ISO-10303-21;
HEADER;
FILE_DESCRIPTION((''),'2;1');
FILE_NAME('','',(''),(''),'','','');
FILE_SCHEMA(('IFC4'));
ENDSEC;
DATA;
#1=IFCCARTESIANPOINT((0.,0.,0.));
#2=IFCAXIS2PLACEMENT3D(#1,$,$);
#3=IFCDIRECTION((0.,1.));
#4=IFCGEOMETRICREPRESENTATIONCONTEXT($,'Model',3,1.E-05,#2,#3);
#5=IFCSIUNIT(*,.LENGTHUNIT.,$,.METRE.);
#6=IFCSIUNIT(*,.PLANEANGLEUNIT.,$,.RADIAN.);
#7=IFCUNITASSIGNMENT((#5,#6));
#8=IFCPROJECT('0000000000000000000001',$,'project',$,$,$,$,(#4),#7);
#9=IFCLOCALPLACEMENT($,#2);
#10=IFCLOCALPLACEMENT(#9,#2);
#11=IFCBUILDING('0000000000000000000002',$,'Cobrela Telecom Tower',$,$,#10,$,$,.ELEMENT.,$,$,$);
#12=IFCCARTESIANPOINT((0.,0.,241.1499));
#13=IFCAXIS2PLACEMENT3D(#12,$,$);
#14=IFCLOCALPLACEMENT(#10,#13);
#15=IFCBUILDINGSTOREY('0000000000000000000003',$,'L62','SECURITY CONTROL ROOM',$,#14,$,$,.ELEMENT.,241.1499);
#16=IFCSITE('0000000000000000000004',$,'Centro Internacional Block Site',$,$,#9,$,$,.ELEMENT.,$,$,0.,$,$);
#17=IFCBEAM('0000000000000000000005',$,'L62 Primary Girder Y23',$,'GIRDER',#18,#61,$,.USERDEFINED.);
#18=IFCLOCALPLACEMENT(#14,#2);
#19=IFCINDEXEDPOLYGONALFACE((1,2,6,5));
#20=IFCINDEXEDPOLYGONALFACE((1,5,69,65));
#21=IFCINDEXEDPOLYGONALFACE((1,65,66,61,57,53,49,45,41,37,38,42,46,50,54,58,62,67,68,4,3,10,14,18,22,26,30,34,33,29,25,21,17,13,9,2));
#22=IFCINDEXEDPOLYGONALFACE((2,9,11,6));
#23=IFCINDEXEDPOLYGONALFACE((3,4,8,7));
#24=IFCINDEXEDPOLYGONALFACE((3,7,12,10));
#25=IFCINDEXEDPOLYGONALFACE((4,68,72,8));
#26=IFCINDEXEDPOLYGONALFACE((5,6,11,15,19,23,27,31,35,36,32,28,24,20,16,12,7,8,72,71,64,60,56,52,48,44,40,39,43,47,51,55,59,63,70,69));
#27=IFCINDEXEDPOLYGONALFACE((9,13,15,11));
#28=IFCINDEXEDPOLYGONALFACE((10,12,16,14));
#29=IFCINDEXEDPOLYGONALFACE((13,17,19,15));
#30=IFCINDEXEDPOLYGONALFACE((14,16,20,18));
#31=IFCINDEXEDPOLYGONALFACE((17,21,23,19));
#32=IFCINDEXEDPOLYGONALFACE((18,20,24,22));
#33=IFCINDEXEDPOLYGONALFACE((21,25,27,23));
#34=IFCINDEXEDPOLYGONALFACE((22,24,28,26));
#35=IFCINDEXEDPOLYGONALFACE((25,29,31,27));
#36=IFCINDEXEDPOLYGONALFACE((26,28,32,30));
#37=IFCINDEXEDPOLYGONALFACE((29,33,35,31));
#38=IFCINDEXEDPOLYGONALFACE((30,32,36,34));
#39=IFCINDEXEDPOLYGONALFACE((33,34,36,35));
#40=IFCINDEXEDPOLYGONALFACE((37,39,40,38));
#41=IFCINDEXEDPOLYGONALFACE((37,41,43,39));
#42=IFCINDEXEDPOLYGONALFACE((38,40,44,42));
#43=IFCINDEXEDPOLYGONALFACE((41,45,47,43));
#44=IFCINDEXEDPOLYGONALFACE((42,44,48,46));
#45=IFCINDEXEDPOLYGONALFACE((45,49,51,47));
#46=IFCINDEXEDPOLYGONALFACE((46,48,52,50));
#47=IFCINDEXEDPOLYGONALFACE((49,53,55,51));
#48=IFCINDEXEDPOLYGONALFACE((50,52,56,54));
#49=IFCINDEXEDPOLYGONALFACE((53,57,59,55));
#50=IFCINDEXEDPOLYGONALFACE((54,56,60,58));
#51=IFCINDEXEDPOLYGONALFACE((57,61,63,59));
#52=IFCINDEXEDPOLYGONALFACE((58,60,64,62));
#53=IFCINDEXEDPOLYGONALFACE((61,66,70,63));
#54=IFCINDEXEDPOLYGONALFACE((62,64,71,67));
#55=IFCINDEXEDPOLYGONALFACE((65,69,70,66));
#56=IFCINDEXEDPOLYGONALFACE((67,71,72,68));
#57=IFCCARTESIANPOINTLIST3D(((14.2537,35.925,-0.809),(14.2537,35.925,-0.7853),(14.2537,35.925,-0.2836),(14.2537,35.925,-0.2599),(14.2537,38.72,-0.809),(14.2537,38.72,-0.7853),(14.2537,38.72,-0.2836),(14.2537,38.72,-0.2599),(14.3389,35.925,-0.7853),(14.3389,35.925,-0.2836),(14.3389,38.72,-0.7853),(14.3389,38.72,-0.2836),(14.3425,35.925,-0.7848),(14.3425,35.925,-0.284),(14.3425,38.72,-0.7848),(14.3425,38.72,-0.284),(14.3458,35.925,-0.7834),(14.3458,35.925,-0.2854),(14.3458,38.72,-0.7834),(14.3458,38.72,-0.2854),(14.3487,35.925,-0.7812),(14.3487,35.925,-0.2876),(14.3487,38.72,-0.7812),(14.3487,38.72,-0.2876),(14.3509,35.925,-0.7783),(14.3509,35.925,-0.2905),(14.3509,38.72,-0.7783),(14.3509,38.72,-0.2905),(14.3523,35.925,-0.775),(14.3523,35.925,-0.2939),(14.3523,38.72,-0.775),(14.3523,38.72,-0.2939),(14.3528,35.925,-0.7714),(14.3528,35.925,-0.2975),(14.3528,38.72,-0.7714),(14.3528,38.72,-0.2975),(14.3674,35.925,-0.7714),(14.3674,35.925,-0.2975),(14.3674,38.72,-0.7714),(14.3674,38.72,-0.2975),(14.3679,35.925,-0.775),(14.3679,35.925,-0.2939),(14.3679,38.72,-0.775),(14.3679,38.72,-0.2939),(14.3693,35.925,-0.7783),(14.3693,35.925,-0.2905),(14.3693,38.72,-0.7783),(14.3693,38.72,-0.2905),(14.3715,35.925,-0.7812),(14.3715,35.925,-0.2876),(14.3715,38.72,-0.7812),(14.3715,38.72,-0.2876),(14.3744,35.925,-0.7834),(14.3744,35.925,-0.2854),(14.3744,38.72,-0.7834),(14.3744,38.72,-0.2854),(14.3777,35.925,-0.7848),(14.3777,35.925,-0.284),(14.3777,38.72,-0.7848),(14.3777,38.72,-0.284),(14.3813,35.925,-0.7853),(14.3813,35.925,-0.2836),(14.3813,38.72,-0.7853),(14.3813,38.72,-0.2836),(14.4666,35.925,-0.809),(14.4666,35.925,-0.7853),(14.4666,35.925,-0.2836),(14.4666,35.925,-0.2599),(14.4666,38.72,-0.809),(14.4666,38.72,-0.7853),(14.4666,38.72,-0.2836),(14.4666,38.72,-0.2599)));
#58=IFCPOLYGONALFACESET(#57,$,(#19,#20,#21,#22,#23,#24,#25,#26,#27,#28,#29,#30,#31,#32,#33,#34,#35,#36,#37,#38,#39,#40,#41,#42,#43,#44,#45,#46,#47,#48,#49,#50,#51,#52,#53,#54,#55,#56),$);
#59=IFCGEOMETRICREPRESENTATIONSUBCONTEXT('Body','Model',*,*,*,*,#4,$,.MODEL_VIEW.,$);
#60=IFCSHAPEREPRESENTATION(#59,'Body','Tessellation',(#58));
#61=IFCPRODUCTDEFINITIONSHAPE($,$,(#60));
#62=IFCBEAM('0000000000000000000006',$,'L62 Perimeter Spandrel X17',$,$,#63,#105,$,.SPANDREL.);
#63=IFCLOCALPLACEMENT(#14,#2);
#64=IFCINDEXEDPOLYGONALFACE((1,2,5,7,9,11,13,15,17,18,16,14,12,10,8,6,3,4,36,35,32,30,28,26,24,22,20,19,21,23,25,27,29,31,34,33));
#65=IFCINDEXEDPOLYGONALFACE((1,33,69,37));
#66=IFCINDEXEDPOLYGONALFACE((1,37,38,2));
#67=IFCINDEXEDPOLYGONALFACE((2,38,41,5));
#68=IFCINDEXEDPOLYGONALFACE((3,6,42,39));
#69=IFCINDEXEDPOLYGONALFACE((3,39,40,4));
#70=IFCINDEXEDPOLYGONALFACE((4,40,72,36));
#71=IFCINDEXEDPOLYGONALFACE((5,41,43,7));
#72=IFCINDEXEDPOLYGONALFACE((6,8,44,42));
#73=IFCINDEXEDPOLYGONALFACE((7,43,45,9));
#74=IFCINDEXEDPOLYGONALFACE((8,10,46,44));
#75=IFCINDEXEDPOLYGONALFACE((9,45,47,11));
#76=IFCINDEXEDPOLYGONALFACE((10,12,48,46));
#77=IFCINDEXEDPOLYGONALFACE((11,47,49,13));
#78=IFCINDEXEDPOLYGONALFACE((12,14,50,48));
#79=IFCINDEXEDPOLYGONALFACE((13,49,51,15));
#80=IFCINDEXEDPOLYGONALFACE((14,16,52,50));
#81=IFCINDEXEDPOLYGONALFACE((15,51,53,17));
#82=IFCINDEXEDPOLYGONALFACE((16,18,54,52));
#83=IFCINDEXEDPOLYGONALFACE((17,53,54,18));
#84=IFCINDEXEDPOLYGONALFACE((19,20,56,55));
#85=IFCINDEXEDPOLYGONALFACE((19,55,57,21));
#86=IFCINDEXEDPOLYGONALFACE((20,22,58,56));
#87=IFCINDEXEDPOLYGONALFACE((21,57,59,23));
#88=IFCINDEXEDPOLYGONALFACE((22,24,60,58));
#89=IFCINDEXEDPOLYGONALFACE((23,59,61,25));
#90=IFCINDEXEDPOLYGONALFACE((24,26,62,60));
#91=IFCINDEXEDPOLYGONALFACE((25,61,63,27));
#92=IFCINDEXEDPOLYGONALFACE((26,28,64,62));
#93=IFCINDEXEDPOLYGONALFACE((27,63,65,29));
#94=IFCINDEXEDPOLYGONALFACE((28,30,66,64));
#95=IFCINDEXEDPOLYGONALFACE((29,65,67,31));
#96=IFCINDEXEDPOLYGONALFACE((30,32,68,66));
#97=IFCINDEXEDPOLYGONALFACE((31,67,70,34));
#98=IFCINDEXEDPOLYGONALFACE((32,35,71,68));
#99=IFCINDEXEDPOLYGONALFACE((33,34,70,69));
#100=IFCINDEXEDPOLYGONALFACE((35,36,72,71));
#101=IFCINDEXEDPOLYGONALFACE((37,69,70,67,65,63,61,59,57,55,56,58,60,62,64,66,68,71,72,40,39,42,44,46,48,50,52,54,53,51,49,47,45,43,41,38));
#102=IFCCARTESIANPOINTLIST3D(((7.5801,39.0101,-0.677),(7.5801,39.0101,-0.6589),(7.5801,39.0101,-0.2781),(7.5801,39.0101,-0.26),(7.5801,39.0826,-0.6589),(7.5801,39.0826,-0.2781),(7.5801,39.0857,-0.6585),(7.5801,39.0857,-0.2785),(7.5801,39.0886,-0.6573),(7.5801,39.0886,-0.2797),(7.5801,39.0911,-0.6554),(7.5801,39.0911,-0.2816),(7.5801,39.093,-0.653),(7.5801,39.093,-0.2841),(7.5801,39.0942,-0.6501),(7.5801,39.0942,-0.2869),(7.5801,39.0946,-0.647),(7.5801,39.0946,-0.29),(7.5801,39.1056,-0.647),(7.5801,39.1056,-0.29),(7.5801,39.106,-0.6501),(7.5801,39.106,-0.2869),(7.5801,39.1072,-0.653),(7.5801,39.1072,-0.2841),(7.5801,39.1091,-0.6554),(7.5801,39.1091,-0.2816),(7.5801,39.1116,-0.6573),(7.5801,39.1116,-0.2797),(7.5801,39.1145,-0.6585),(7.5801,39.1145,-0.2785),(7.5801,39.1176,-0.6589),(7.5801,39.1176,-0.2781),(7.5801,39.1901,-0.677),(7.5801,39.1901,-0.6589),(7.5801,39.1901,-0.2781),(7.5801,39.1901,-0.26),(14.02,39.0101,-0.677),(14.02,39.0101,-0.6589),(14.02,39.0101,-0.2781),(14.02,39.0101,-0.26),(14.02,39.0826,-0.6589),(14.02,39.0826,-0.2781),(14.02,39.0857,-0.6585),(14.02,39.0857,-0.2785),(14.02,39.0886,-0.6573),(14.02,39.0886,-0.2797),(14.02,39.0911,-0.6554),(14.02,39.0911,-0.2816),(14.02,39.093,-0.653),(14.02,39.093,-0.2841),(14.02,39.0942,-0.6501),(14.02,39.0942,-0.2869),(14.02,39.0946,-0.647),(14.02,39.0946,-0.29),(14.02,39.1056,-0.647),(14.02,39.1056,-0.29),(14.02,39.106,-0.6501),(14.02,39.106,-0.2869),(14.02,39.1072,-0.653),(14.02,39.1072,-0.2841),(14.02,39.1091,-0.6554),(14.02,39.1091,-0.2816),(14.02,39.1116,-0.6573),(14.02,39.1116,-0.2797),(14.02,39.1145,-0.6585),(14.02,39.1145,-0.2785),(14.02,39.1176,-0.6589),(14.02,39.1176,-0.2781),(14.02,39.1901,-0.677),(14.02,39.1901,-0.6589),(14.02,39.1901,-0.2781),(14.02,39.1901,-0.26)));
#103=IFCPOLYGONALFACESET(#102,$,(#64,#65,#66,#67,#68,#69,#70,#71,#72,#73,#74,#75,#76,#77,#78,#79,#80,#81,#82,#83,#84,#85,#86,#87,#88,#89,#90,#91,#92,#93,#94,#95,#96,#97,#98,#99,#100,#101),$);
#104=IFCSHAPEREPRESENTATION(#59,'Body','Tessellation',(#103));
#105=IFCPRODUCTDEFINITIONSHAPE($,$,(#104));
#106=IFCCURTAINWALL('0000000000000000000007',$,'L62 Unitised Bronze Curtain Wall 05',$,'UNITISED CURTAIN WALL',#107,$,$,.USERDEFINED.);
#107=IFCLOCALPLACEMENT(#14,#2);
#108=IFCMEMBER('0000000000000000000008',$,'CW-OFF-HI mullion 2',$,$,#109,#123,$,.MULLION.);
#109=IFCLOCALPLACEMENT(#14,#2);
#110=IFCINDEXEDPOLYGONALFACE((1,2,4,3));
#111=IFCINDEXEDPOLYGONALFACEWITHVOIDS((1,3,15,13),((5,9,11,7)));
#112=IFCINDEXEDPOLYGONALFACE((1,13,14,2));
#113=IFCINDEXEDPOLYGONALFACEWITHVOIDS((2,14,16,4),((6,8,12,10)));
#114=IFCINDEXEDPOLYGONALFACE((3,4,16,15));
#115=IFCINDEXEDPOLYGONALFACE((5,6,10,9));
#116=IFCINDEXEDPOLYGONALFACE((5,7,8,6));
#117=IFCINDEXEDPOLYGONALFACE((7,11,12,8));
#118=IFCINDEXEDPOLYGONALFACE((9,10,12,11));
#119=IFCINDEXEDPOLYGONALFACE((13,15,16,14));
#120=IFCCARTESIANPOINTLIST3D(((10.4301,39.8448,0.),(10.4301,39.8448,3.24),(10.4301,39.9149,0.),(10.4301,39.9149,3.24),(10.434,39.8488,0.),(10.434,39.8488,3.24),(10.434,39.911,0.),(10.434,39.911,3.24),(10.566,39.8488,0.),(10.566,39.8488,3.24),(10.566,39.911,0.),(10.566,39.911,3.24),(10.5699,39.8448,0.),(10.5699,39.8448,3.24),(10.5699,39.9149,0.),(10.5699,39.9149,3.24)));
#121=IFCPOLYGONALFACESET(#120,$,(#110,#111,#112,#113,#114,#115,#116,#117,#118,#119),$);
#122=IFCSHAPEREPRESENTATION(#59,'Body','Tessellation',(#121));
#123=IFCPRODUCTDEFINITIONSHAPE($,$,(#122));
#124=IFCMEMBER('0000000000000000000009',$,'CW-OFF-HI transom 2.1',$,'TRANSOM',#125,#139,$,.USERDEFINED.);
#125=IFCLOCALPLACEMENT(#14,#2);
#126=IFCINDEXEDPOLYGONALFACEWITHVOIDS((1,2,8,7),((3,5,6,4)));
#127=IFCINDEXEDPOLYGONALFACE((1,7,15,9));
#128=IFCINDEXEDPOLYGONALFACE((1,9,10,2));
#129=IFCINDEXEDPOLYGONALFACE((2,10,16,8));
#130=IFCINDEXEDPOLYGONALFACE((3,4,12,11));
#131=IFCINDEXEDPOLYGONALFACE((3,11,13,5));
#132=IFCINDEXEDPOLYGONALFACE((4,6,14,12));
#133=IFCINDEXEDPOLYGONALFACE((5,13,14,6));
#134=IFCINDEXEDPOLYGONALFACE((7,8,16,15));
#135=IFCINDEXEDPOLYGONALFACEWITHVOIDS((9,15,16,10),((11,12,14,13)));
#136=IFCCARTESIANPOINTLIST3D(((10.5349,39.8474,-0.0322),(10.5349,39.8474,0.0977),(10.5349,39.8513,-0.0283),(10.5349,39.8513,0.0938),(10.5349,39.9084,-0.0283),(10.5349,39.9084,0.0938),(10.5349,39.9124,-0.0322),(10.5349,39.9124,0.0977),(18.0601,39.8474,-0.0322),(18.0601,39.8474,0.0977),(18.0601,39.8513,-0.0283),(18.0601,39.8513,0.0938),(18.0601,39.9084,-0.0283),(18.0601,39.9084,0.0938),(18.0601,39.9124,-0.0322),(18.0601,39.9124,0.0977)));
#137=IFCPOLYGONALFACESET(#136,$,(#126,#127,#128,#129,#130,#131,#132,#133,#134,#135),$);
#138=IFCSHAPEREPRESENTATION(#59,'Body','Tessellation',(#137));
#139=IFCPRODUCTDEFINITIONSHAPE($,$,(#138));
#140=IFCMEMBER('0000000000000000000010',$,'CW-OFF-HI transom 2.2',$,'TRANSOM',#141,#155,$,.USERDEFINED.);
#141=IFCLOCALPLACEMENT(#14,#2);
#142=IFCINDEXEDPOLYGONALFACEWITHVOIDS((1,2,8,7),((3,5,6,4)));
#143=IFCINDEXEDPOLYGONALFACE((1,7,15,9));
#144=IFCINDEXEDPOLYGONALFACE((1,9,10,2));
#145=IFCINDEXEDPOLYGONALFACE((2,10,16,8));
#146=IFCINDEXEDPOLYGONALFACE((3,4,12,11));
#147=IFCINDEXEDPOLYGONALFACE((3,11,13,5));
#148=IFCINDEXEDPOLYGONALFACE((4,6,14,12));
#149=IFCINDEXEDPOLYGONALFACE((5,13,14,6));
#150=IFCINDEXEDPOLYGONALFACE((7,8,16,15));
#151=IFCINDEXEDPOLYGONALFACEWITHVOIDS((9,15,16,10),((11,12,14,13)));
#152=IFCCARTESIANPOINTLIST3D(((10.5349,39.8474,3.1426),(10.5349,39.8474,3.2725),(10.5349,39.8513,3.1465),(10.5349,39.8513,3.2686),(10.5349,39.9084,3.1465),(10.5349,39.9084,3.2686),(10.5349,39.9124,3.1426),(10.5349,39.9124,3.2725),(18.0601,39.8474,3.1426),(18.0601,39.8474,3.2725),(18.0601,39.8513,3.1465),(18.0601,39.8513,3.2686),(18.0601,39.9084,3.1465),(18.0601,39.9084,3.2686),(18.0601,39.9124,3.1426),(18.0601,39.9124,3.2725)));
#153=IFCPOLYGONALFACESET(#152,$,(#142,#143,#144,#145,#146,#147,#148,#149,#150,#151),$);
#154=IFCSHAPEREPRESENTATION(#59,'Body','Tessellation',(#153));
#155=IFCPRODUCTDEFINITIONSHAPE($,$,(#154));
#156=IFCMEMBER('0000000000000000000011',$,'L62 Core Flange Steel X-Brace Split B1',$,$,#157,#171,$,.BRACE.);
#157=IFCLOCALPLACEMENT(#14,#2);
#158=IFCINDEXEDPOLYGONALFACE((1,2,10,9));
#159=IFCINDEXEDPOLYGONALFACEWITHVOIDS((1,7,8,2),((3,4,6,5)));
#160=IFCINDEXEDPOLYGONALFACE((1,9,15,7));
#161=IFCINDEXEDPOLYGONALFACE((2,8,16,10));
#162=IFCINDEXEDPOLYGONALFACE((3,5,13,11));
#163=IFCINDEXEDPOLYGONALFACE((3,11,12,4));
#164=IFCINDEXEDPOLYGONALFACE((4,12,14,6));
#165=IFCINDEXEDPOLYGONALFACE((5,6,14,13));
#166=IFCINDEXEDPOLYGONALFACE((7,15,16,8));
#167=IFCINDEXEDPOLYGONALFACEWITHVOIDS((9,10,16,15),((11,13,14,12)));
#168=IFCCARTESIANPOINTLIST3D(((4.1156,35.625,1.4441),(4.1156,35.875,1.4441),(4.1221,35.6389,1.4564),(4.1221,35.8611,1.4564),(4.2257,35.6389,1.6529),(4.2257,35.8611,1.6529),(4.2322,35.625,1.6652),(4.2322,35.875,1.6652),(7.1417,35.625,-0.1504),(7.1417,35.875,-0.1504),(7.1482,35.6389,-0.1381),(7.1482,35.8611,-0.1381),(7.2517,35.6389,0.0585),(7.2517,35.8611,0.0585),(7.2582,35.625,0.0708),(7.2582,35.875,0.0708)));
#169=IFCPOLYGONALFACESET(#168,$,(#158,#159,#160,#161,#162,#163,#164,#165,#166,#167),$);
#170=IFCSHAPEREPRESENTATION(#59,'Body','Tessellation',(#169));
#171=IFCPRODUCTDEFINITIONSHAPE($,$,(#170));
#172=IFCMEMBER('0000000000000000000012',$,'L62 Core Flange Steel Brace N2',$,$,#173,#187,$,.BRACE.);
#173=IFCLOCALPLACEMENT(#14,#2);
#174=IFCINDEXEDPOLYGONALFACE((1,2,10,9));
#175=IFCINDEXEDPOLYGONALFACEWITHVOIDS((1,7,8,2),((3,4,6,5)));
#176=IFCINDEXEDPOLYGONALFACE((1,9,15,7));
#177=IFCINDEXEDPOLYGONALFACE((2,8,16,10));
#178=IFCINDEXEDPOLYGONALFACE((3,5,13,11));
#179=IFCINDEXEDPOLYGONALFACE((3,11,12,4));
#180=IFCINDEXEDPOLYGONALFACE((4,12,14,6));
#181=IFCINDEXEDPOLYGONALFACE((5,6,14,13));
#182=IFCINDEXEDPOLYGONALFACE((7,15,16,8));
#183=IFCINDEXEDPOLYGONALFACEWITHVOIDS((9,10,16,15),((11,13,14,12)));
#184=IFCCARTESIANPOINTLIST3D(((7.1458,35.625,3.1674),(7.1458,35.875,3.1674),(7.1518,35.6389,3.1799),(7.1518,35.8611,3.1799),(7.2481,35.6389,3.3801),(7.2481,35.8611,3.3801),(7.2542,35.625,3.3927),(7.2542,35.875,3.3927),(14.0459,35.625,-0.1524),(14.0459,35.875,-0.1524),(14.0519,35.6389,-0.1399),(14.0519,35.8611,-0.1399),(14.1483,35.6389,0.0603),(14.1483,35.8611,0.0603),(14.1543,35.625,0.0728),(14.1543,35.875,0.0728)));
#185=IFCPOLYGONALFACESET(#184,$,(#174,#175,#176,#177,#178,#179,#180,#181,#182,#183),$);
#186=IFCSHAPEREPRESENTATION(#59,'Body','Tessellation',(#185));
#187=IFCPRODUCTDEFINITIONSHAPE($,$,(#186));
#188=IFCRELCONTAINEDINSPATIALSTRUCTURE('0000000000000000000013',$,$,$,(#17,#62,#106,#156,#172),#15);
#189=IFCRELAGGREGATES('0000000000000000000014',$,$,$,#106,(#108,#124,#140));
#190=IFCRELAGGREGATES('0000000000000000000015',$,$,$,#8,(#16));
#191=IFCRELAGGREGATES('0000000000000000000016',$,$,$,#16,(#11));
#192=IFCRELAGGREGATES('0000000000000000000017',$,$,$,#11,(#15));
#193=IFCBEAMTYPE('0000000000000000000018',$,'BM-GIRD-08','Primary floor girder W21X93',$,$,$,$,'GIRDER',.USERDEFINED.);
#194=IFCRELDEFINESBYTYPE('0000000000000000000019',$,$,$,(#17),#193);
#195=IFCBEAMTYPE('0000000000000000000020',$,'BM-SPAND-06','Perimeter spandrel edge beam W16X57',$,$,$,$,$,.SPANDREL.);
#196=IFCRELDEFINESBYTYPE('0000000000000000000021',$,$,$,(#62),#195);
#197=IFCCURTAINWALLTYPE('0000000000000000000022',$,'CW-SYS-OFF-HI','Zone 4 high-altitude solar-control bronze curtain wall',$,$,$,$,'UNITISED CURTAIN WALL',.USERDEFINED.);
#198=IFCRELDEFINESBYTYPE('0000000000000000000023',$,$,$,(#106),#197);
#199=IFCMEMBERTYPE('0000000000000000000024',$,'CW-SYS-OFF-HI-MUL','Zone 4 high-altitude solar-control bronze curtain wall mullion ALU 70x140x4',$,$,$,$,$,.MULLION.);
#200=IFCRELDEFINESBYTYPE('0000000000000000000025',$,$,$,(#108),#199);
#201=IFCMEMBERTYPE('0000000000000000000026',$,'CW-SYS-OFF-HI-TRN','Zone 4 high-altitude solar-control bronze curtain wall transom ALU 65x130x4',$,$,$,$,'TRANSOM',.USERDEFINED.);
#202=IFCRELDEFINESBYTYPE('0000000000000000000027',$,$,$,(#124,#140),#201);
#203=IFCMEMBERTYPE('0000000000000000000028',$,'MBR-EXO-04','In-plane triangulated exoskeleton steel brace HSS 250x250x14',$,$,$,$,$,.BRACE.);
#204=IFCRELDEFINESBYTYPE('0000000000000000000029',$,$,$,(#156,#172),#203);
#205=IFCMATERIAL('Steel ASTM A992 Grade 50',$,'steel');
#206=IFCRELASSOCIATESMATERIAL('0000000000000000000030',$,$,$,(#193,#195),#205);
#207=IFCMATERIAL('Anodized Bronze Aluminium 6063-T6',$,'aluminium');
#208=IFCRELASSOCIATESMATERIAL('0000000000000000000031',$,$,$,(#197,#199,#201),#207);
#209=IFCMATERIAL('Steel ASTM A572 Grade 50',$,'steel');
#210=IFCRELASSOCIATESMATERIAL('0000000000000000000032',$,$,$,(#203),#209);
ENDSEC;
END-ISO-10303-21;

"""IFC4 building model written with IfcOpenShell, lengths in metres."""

from ifc_helpers import new_model, si_unit, direction, frame, origin, origin_2d, place, context, subcontext, project, spatial, hollow_rectangle, i_section, extrude, material, material_profile, profile_set, type_object, element, aggregate, save


model = new_model("IFC4")

# Units and contexts
model_context = context("Model", 3, precision=1e-05, world=origin(), true_north=direction((0.0, 1.0)))
body_context = subcontext(model_context, "Body", "Model", "MODEL_VIEW")
ifc_project = project(units=[si_unit("LENGTHUNIT", "METRE"), si_unit("PLANEANGLEUNIT", "RADIAN")], contexts=[model_context])

# Site, building, storey
site_placement = place(None, origin())
site = spatial("IfcSite", under=ifc_project, at=site_placement, Name="Centro Internacional Block Site", CompositionType="ELEMENT", RefElevation=0.0)
building_placement = place(site_placement, origin())
building = spatial("IfcBuilding", under=site, at=building_placement, Name="Cobrela Telecom Tower", CompositionType="ELEMENT")
storey_placement = place(building_placement, frame((0.0, 0.0, 241.1499)))
storey = spatial("IfcBuildingStorey", under=building, at=storey_placement, Name="L62", Description="SECURITY CONTROL ROOM", CompositionType="ELEMENT", Elevation=241.1499)

# Shared definitions
ifc_material_1 = material(Name="Steel ASTM A572 Grade 50", Category="steel")

# Beams
ifc_material_2 = material(Name="Steel ASTM A992 Grade 50", Category="steel")
ifc_material_profile_1 = material_profile(ifc_material_2, i_section(OverallWidth=0.2129, OverallDepth=0.5491, WebThickness=0.0146, FlangeThickness=0.0237, FilletRadius=0.0139, at=origin_2d()), Name="W21X93")
ifc_profile_set_1 = profile_set([ifc_material_profile_1], Name="Steel ASTM A992 Grade 50")
beam_type_1 = type_object("IfcBeamType", Name="BM-GIRD-08", Description="Primary floor girder W21X93", ElementType="GIRDER", PredefinedType="USERDEFINED", material=ifc_profile_set_1)
for number, where, z_axis, x_axis, name in (
    (1, (14.3601, 35.925, -0.5344), (0.0, 1.0, 0.0), (-1.0, 0.0, 0.0), "L62 Primary Girder Y23"),
):
    element("IfcBeam", number, at=place(storey_placement, frame(where, z_axis=z_axis, x_axis=x_axis)), inside=storey, type_object=beam_type_1, Name=name, ObjectType="GIRDER", PredefinedType="USERDEFINED", context=body_context, shape_type="SweptSolid", body=[
        extrude(i_section(OverallWidth=0.2129, OverallDepth=0.5491, WebThickness=0.0146, FlangeThickness=0.0237, FilletRadius=0.0139, at=origin_2d()), origin(), (0.0, 0.0, 1.0), 2.7949),
    ])
ifc_material_profile_2 = material_profile(ifc_material_2, i_section(OverallWidth=0.1799, OverallDepth=0.417, WebThickness=0.011, FlangeThickness=0.0181, FilletRadius=0.012, at=origin_2d()), Name="W16X57")
ifc_profile_set_2 = profile_set([ifc_material_profile_2], Name="Steel ASTM A992 Grade 50")
beam_type_2 = type_object("IfcBeamType", Name="BM-SPAND-06", Description="Perimeter spandrel edge beam W16X57", PredefinedType="SPANDREL", material=ifc_profile_set_2)
beam_1_placement = place(storey_placement, frame((7.5801, 39.1001, -0.4685), z_axis=(1.0, 0.0, 0.0), x_axis=(0.0, 1.0, 0.0)))
element("IfcBeam", 2, at=beam_1_placement, inside=storey, type_object=beam_type_2, Name="L62 Perimeter Spandrel X17", PredefinedType="SPANDREL", context=body_context, shape_type="SweptSolid", body=[
    extrude(i_section(OverallWidth=0.1799, OverallDepth=0.417, WebThickness=0.011, FlangeThickness=0.0181, FilletRadius=0.012, at=origin_2d()), origin(), (0.0, 0.0, 1.0), 6.4399),
])

# Curtain wall, members
ifc_material_3 = material(Name="Anodized Bronze Aluminium 6063-T6", Category="aluminium")
curtain_wall_type = type_object("IfcCurtainWallType", Name="CW-SYS-OFF-HI", Description="Zone 4 high-altitude solar-control bronze curtain wall", ElementType="UNITISED CURTAIN WALL", PredefinedType="USERDEFINED", material=ifc_material_3)
curtain_wall_placement = place(storey_placement, origin())
curtain_wall = element("IfcCurtainWall", 3, at=curtain_wall_placement, inside=storey, type_object=curtain_wall_type, Name="L62 Unitised Bronze Curtain Wall 05", ObjectType="UNITISED CURTAIN WALL", PredefinedType="USERDEFINED")
ifc_material_profile_3 = material_profile(ifc_material_3, hollow_rectangle(XDim=0.0701, YDim=0.1399, WallThickness=0.0039, at=origin_2d()), Name="ALU 70x140x4")
ifc_profile_set_3 = profile_set([ifc_material_profile_3], Name="Anodized Bronze Aluminium 6063-T6")
member_type_1 = type_object("IfcMemberType", Name="CW-SYS-OFF-HI-MUL", Description="Zone 4 high-altitude solar-control bronze curtain wall mullion ALU 70x140x4", PredefinedType="MULLION", material=ifc_profile_set_3)
member_1_placement = place(storey_placement, frame((10.5, 39.8799, 0.0), z_axis=(0.0, 0.0, 1.0), x_axis=(0.0, 1.0, 0.0)))
member_1 = element("IfcMember", 4, at=member_1_placement, type_object=member_type_1, Name="CW-OFF-HI mullion 2", PredefinedType="MULLION", context=body_context, shape_type="SweptSolid", body=[
    extrude(hollow_rectangle(XDim=0.0701, YDim=0.1399, WallThickness=0.0039, at=origin_2d()), origin(), (0.0, 0.0, 1.0), 3.24),
])
ifc_material_profile_4 = material_profile(ifc_material_3, hollow_rectangle(XDim=0.0649, YDim=0.1299, WallThickness=0.0039, at=origin_2d()), Name="ALU 65x130x4")
ifc_profile_set_4 = profile_set([ifc_material_profile_4], Name="Anodized Bronze Aluminium 6063-T6")
member_type_2 = type_object("IfcMemberType", Name="CW-SYS-OFF-HI-TRN", Description="Zone 4 high-altitude solar-control bronze curtain wall transom ALU 65x130x4", ElementType="TRANSOM", PredefinedType="USERDEFINED", material=ifc_profile_set_4)
member_2_placement = place(storey_placement, frame((10.5349, 39.8799, 0.0327), z_axis=(1.0, 0.0, 0.0), x_axis=(0.0, 1.0, 0.0)))
member_2 = element("IfcMember", 5, at=member_2_placement, type_object=member_type_2, Name="CW-OFF-HI transom 2.1", ObjectType="TRANSOM", PredefinedType="USERDEFINED", context=body_context, shape_type="SweptSolid", body=[
    extrude(hollow_rectangle(XDim=0.0649, YDim=0.1299, WallThickness=0.0039, at=origin_2d()), origin(), (0.0, 0.0, 1.0), 7.5251),
])
member_3_placement = place(storey_placement, frame((10.5349, 39.8799, 3.2075), z_axis=(1.0, 0.0, 0.0), x_axis=(0.0, 1.0, 0.0)))
member_3 = element("IfcMember", 6, at=member_3_placement, type_object=member_type_2, Name="CW-OFF-HI transom 2.2", ObjectType="TRANSOM", PredefinedType="USERDEFINED", context=body_context, shape_type="SweptSolid", body=[
    extrude(hollow_rectangle(XDim=0.0649, YDim=0.1299, WallThickness=0.0039, at=origin_2d()), origin(), (0.0, 0.0, 1.0), 7.5251),
])

# Members
ifc_material_profile_5 = material_profile(ifc_material_1, hollow_rectangle(XDim=0.25, YDim=0.25, WallThickness=0.0139, at=origin_2d()), Name="HSS 250x250x14")
ifc_profile_set_5 = profile_set([ifc_material_profile_5], Name="Steel ASTM A572 Grade 50")
member_type_3 = type_object("IfcMemberType", Name="MBR-EXO-04", Description="In-plane triangulated exoskeleton steel brace HSS 250x250x14", PredefinedType="BRACE", material=ifc_profile_set_5)
member_4_placement = place(storey_placement, frame((7.2, 35.75, -0.0398), z_axis=(-0.884703, 0.0, 0.466155), x_axis=(0.0, -1.0, 0.0)))
element("IfcMember", 7, at=member_4_placement, inside=storey, type_object=member_type_3, Name="L62 Core Flange Steel X-Brace Split B1", PredefinedType="BRACE", context=body_context, shape_type="SweptSolid", body=[
    extrude(hollow_rectangle(XDim=0.25, YDim=0.25, WallThickness=0.0139, at=origin_2d()), origin(), (0.0, 0.0, 1.0), 3.4204),
])
member_5_placement = place(storey_placement, frame((14.1001, 35.75, -0.0398), z_axis=(-0.901128, 0.0, 0.433554), x_axis=(0.0, -1.0, 0.0)))
element("IfcMember", 8, at=member_5_placement, inside=storey, type_object=member_type_3, Name="L62 Core Flange Steel Brace N2", PredefinedType="BRACE", context=body_context, shape_type="SweptSolid", body=[
    extrude(hollow_rectangle(XDim=0.25, YDim=0.25, WallThickness=0.0139, at=origin_2d()), origin(), (0.0, 0.0, 1.0), 7.6572),
])

aggregate(curtain_wall, [member_1, member_2, member_3])

save(model, "model.ifc")
